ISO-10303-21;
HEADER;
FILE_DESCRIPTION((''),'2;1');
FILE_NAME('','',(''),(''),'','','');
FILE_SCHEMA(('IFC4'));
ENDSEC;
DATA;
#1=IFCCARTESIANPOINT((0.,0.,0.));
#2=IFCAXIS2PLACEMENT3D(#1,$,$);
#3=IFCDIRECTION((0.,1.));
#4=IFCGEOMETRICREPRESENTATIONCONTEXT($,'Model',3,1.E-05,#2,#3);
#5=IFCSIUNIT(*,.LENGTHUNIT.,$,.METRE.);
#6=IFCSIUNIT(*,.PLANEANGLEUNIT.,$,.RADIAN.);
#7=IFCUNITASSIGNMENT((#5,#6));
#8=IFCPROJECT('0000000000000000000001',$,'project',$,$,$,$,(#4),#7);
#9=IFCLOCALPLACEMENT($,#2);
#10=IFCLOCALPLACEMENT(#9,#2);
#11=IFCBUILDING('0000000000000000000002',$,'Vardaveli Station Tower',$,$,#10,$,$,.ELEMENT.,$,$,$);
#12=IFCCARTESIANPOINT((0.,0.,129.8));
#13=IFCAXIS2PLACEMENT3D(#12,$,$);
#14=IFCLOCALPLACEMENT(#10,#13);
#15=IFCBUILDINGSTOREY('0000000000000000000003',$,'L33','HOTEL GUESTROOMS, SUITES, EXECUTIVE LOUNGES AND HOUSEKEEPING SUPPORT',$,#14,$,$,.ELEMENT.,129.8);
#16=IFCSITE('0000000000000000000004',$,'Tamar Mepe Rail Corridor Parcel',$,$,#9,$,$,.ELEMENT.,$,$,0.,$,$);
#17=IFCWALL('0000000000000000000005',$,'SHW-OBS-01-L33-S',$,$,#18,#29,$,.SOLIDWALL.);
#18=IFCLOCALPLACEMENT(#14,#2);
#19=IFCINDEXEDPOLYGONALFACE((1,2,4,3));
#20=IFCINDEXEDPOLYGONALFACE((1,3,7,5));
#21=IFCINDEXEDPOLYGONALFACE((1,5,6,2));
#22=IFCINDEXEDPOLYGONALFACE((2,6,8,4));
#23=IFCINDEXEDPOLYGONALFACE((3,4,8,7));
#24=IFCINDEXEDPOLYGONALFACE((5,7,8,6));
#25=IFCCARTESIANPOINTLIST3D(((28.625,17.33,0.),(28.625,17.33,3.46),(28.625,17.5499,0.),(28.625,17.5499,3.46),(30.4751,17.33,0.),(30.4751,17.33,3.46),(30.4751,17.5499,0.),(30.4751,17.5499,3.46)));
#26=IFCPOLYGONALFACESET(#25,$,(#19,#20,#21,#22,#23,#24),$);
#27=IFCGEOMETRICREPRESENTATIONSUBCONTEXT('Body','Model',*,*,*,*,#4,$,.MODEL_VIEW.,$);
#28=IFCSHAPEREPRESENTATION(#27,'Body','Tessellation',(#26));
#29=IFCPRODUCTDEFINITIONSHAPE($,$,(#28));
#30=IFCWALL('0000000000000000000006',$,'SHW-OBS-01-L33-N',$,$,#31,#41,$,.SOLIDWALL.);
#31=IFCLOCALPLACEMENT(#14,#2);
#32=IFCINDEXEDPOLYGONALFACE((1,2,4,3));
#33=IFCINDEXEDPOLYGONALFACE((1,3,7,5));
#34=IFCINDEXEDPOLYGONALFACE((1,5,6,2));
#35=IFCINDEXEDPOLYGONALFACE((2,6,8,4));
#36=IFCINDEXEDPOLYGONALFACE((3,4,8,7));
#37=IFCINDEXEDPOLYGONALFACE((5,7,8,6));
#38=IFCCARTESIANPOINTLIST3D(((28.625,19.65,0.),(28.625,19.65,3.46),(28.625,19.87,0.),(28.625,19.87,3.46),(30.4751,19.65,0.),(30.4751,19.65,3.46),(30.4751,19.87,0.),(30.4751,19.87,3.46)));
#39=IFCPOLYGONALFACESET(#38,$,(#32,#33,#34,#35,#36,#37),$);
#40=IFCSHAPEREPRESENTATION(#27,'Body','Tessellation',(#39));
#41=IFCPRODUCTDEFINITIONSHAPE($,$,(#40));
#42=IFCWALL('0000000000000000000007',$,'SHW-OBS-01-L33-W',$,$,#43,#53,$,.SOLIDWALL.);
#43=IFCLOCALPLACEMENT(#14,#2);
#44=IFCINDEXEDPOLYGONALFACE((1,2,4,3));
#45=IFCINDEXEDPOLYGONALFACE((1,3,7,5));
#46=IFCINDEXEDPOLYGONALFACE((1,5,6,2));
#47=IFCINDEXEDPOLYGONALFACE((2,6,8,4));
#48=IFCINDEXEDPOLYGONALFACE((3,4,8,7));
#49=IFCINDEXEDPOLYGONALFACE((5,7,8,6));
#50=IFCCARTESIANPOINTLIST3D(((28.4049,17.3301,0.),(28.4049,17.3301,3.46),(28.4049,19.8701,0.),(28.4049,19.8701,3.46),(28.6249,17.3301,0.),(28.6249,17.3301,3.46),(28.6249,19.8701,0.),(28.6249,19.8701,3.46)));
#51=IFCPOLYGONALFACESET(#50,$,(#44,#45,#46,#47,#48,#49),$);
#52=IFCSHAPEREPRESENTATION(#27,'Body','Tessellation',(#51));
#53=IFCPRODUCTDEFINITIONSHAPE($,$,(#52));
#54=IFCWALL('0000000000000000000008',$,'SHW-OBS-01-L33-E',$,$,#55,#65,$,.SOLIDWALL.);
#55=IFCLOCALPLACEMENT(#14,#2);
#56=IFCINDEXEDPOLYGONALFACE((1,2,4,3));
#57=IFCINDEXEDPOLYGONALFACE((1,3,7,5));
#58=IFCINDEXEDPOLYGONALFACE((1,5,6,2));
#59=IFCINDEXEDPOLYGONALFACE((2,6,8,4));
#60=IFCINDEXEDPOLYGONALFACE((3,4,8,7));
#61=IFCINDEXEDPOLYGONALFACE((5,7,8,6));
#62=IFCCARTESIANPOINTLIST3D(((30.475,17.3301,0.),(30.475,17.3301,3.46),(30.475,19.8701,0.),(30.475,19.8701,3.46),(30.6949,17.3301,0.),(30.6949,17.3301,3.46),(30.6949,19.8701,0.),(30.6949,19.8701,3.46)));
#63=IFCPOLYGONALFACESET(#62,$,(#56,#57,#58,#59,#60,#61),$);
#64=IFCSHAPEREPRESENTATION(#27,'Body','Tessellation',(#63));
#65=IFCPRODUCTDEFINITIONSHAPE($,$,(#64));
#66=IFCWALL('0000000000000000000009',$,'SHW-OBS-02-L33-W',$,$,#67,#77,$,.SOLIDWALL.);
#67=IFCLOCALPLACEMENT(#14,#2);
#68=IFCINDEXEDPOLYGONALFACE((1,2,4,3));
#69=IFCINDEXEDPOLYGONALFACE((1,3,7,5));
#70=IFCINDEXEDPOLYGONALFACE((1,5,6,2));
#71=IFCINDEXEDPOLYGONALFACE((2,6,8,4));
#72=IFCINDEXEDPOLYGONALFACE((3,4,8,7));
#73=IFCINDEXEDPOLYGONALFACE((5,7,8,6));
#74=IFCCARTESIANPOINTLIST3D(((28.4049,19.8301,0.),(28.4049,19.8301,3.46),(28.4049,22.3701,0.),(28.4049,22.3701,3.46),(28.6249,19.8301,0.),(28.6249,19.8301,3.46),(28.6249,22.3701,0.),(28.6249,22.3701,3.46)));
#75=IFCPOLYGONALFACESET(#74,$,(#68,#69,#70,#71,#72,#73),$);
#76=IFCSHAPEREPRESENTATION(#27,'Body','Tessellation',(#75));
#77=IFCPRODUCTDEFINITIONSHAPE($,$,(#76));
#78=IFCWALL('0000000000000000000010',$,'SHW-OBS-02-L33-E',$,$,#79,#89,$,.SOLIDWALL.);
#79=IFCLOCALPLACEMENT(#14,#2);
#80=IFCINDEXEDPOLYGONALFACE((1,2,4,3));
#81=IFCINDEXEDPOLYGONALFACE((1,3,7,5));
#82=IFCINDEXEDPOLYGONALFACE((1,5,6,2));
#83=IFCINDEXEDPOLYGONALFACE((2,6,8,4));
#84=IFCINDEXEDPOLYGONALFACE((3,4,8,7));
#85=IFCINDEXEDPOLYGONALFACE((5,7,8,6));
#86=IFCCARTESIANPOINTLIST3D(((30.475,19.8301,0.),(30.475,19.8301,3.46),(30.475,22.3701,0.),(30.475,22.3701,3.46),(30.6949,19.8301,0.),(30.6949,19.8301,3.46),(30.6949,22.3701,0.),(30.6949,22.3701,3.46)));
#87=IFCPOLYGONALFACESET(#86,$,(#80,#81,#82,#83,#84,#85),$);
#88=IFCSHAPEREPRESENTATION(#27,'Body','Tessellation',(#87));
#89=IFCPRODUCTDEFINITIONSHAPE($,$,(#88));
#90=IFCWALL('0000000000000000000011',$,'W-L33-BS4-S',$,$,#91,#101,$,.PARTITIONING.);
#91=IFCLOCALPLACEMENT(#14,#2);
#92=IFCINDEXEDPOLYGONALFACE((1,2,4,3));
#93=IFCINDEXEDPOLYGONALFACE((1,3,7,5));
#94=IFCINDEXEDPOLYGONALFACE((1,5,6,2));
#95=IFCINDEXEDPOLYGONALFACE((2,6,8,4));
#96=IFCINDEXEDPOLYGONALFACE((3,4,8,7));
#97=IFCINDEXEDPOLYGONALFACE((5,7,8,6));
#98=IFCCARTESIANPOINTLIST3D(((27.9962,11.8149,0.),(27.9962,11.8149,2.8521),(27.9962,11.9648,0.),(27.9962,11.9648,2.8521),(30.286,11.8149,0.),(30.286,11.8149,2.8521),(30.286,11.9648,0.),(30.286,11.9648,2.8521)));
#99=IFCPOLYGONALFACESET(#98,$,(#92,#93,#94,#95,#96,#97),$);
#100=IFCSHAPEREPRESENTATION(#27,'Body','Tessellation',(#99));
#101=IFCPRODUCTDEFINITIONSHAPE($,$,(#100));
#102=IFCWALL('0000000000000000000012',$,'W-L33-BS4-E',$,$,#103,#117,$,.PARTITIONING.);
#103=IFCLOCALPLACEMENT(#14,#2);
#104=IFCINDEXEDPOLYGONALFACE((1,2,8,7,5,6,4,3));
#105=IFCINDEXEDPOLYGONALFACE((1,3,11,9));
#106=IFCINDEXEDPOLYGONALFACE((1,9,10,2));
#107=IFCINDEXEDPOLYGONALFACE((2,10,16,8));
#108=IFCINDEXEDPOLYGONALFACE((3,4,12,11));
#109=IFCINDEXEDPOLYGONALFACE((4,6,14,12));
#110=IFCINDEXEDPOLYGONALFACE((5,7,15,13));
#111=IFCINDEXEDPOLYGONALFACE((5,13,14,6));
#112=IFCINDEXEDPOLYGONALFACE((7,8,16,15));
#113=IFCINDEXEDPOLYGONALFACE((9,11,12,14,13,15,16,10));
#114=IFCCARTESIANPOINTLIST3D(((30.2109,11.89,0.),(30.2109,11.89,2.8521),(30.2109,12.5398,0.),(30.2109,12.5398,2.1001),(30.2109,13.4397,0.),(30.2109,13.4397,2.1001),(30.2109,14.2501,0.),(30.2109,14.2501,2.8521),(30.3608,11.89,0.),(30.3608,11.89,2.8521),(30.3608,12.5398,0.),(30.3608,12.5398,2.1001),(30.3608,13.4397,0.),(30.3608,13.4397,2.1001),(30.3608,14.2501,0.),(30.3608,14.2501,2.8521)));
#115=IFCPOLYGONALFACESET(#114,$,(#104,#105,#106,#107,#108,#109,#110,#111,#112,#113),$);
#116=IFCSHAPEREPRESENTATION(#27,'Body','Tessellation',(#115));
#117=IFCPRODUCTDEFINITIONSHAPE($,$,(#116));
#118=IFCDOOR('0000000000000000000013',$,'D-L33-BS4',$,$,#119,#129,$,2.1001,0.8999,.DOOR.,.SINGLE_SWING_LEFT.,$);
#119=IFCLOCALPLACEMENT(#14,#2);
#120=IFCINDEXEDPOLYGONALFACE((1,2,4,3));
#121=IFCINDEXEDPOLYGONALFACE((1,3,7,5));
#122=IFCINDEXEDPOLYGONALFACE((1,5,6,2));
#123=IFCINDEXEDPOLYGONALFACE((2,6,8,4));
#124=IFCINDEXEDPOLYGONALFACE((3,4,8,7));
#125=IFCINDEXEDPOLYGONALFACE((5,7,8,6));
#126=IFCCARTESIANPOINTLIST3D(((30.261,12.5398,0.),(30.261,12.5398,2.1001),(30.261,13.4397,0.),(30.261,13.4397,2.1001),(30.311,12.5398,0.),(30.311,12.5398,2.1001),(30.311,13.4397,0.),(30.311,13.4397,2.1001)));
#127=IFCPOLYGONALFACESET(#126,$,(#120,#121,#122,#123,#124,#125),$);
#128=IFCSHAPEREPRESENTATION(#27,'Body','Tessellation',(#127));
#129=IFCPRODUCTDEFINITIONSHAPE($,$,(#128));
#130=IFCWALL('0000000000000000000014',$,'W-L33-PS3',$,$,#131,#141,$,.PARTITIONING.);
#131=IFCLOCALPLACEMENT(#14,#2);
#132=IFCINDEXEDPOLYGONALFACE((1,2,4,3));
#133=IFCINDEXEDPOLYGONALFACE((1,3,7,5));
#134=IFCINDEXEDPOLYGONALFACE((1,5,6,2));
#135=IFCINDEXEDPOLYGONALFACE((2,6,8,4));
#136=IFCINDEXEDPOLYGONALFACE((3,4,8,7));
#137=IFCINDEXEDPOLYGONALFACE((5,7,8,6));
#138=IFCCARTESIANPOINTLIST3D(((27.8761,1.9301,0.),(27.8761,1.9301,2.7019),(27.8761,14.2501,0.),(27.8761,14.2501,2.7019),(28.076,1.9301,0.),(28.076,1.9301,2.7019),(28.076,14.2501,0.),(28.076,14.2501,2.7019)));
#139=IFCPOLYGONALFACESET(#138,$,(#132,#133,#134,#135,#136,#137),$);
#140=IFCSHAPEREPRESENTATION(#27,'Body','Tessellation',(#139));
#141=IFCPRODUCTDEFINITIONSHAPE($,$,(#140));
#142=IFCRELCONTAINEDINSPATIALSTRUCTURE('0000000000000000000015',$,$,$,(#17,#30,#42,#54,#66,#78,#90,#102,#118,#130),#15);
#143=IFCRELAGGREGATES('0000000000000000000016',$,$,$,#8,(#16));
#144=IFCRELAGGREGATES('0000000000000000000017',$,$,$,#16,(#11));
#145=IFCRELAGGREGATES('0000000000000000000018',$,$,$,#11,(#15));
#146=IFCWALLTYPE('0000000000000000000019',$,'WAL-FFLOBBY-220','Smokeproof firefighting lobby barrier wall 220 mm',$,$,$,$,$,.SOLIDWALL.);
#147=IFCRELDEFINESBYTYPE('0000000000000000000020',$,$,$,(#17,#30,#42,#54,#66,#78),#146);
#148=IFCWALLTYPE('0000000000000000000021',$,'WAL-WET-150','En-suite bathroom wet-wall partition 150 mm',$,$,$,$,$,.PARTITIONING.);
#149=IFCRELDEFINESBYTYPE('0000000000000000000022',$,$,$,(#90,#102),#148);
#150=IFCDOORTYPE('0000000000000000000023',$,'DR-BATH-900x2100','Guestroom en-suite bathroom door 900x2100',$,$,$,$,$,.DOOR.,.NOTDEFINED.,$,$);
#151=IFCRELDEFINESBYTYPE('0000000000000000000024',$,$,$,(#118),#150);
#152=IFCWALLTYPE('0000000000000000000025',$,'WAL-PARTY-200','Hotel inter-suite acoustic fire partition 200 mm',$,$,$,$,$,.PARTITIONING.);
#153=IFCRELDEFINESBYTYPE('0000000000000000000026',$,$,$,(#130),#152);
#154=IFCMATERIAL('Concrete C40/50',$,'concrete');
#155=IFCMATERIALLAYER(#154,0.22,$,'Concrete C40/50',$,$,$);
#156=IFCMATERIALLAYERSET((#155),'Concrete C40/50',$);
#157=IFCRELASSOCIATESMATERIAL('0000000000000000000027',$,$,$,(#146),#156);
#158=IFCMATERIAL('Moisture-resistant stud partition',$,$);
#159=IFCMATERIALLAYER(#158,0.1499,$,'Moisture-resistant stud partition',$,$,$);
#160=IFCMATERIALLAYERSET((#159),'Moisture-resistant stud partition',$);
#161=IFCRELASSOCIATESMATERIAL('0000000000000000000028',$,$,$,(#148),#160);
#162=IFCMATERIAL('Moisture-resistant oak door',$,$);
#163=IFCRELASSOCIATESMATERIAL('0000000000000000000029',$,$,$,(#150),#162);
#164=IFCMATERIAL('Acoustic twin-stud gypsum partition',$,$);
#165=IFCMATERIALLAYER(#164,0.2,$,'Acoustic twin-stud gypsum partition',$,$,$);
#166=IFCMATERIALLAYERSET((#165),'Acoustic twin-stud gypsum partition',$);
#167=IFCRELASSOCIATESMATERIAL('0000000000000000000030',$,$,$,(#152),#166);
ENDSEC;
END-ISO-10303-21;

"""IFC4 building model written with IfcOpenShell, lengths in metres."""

from ifc_helpers import new_model, si_unit, direction, frame, frame_2d, origin, place, context, subcontext, project, spatial, rectangle, extrude, source, transform, mapped, material, layer, layer_set, type_object, element, fill, save


model = new_model("IFC4")

# Units and contexts
model_context = context("Model", 3, precision=1e-05, world=origin(), true_north=direction((0.0, 1.0)))
body_context = subcontext(model_context, "Body", "Model", "MODEL_VIEW")
ifc_project = project(units=[si_unit("LENGTHUNIT", "METRE"), si_unit("PLANEANGLEUNIT", "RADIAN")], contexts=[model_context])

# Site, building, storey
site_placement = place(None, origin())
site = spatial("IfcSite", under=ifc_project, at=site_placement, Name="Tamar Mepe Rail Corridor Parcel", CompositionType="ELEMENT", RefElevation=0.0)
building_placement = place(site_placement, origin())
building = spatial("IfcBuilding", under=site, at=building_placement, Name="Vardaveli Station Tower", CompositionType="ELEMENT")
storey_placement = place(building_placement, frame((0.0, 0.0, 129.8)))
storey = spatial("IfcBuildingStorey", under=building, at=storey_placement, Name="L33", Description="HOTEL GUESTROOMS, SUITES, EXECUTIVE LOUNGES AND HOUSEKEEPING SUPPORT", CompositionType="ELEMENT", Elevation=129.8)

# Walls
ifc_material_1 = material(Name="Concrete C40/50", Category="concrete")
ifc_layer_1 = layer(ifc_material_1, 0.22, Name="Concrete C40/50")
ifc_layer_set_1 = layer_set([ifc_layer_1], Name="Concrete C40/50")
wall_type_1 = type_object("IfcWallType", Name="WAL-FFLOBBY-220", Description="Smokeproof firefighting lobby barrier wall 220 mm", PredefinedType="SOLIDWALL", material=ifc_layer_set_1)
shared_shape_1 = source(origin(), body_context, "Body", "SweptSolid", [
    extrude(rectangle(XDim=1.8501, YDim=0.22, at=frame_2d((0.925, 0.0))), origin(), (0.0, 0.0, 1.0), 3.46),
])
for number, where, z_axis, x_axis, name in (
    (1, (28.625, 17.4399, 0.0), (0.0, 0.0, 1.0), (1.0, 0.0, 0.0), "SHW-OBS-01-L33-S"),
    (2, (28.625, 19.76, 0.0), (0.0, 0.0, 1.0), (1.0, 0.0, 0.0), "SHW-OBS-01-L33-N"),
):
    element("IfcWall", number, at=place(storey_placement, frame(where, z_axis=z_axis, x_axis=x_axis)), inside=storey, type_object=wall_type_1, Name=name, PredefinedType="SOLIDWALL", context=body_context, shape_type="MappedRepresentation", body=[
        mapped(shared_shape_1, transform((0.0, 0.0, 0.0), scale=1.0)),
    ])
shared_shape_2 = source(origin(), body_context, "Body", "SweptSolid", [
    extrude(rectangle(XDim=2.54, YDim=0.22, at=frame_2d((1.27, 0.0))), origin(), (0.0, 0.0, 1.0), 3.46),
])
for number, where, z_axis, x_axis, name in (
    (3, (28.5149, 17.3301, 0.0), (0.0, 0.0, 1.0), (0.0, 1.0, 0.0), "SHW-OBS-01-L33-W"),
    (4, (30.585, 17.3301, 0.0), (0.0, 0.0, 1.0), (0.0, 1.0, 0.0), "SHW-OBS-01-L33-E"),
    (5, (28.5149, 19.8301, 0.0), (0.0, 0.0, 1.0), (0.0, 1.0, 0.0), "SHW-OBS-02-L33-W"),
    (6, (30.585, 19.8301, 0.0), (0.0, 0.0, 1.0), (0.0, 1.0, 0.0), "SHW-OBS-02-L33-E"),
):
    element("IfcWall", number, at=place(storey_placement, frame(where, z_axis=z_axis, x_axis=x_axis)), inside=storey, type_object=wall_type_1, Name=name, PredefinedType="SOLIDWALL", context=body_context, shape_type="MappedRepresentation", body=[
        mapped(shared_shape_2, transform((0.0, 0.0, 0.0), scale=1.0)),
    ])
ifc_material_2 = material(Name="Moisture-resistant stud partition")
ifc_layer_2 = layer(ifc_material_2, 0.1499, Name="Moisture-resistant stud partition")
ifc_layer_set_2 = layer_set([ifc_layer_2], Name="Moisture-resistant stud partition")
wall_type_2 = type_object("IfcWallType", Name="WAL-WET-150", Description="En-suite bathroom wet-wall partition 150 mm", PredefinedType="PARTITIONING", material=ifc_layer_set_2)
shared_shape_3 = source(origin(), body_context, "Body", "SweptSolid", [
    extrude(rectangle(XDim=2.2898, YDim=0.1499, at=frame_2d((1.145, 0.0))), origin(), (0.0, 0.0, 1.0), 2.8521),
])
wall_1_placement = place(storey_placement, frame((27.9961, 11.8899, 0.0), z_axis=(0.0, 0.0, 1.0), x_axis=(1.0, 0.0, 0.0)))
element("IfcWall", 7, at=wall_1_placement, inside=storey, type_object=wall_type_2, Name="W-L33-BS4-S", PredefinedType="PARTITIONING", context=body_context, shape_type="MappedRepresentation", body=[
    mapped(shared_shape_3, transform((0.0, 0.0, 0.0), scale=1.0)),
])

# Wall, opening, door
shared_shape_4 = source(origin(), body_context, "Body", "SweptSolid", [
    extrude(rectangle(XDim=2.3601, YDim=0.1499, at=frame_2d((1.1802, 0.0))), origin(), (0.0, 0.0, 1.0), 2.8521),
])
wall_2_placement = place(storey_placement, frame((30.2859, 11.8899, 0.0), z_axis=(0.0, 0.0, 1.0), x_axis=(0.0, 1.0, 0.0)))
wall_2 = element("IfcWall", 8, at=wall_2_placement, inside=storey, type_object=wall_type_2, Name="W-L33-BS4-E", PredefinedType="PARTITIONING", context=body_context, shape_type="MappedRepresentation", body=[
    mapped(shared_shape_4, transform((0.0, 0.0, 0.0), scale=1.0)),
])
shared_shape_5 = source(origin(), body_context, "Body", "SweptSolid", [
    extrude(rectangle(XDim=0.8999, YDim=2.1001, at=frame_2d((0.45, 1.05))), frame((0.0, 0.085, 0.0), z_axis=(0.0, -1.0, 0.0), x_axis=(1.0, 0.0, 0.0)), (0.0, 0.0, 1.0), 0.1699),
])
opening_placement = place(wall_2_placement, frame((0.6499, 0.0, 0.0)))
opening = element("IfcOpeningElement", 9, at=opening_placement, cuts=wall_2, PredefinedType="OPENING", context=body_context, shape_type="MappedRepresentation", body=[
    mapped(shared_shape_5, transform((0.0, 0.0, 0.0), scale=1.0)),
])
ifc_material_3 = material(Name="Moisture-resistant oak door")
door_type = type_object("IfcDoorType", Name="DR-BATH-900x2100", Description="Guestroom en-suite bathroom door 900x2100", OperationType="NOTDEFINED", PredefinedType="DOOR", material=ifc_material_3)
shared_shape_6 = source(origin(), body_context, "Body", "SweptSolid", [
    extrude(rectangle(XDim=0.8999, YDim=2.1001, at=frame_2d((0.45, 1.05))), frame((0.0, 0.0249, 0.0), z_axis=(0.0, -1.0, 0.0), x_axis=(1.0, 0.0, 0.0)), (0.0, 0.0, 1.0), 0.05),
])
door_placement = place(opening_placement, origin())
door = element("IfcDoor", 10, at=door_placement, inside=storey, type_object=door_type, Name="D-L33-BS4", OperationType="SINGLE_SWING_LEFT", OverallHeight=2.1001, OverallWidth=0.8999, PredefinedType="DOOR", context=body_context, shape_type="MappedRepresentation", body=[
    mapped(shared_shape_6, transform((0.0, 0.0, 0.0), scale=1.0)),
])
fill(opening, door)

# Wall
ifc_material_4 = material(Name="Acoustic twin-stud gypsum partition")
ifc_layer_3 = layer(ifc_material_4, 0.2, Name="Acoustic twin-stud gypsum partition")
ifc_layer_set_3 = layer_set([ifc_layer_3], Name="Acoustic twin-stud gypsum partition")
wall_type_3 = type_object("IfcWallType", Name="WAL-PARTY-200", Description="Hotel inter-suite acoustic fire partition 200 mm", PredefinedType="PARTITIONING", material=ifc_layer_set_3)
shared_shape_7 = source(origin(), body_context, "Body", "SweptSolid", [
    extrude(rectangle(XDim=12.3201, YDim=0.2, at=frame_2d((6.1602, 0.0))), origin(), (0.0, 0.0, 1.0), 2.7019),
])
wall_3_placement = place(storey_placement, frame((27.9761, 1.9299, 0.0), z_axis=(0.0, 0.0, 1.0), x_axis=(0.0, 1.0, 0.0)))
element("IfcWall", 11, at=wall_3_placement, inside=storey, type_object=wall_type_3, Name="W-L33-PS3", PredefinedType="PARTITIONING", context=body_context, shape_type="MappedRepresentation", body=[
    mapped(shared_shape_7, transform((0.0, 0.0, 0.0), scale=1.0)),
])

save(model, "model.ifc")
